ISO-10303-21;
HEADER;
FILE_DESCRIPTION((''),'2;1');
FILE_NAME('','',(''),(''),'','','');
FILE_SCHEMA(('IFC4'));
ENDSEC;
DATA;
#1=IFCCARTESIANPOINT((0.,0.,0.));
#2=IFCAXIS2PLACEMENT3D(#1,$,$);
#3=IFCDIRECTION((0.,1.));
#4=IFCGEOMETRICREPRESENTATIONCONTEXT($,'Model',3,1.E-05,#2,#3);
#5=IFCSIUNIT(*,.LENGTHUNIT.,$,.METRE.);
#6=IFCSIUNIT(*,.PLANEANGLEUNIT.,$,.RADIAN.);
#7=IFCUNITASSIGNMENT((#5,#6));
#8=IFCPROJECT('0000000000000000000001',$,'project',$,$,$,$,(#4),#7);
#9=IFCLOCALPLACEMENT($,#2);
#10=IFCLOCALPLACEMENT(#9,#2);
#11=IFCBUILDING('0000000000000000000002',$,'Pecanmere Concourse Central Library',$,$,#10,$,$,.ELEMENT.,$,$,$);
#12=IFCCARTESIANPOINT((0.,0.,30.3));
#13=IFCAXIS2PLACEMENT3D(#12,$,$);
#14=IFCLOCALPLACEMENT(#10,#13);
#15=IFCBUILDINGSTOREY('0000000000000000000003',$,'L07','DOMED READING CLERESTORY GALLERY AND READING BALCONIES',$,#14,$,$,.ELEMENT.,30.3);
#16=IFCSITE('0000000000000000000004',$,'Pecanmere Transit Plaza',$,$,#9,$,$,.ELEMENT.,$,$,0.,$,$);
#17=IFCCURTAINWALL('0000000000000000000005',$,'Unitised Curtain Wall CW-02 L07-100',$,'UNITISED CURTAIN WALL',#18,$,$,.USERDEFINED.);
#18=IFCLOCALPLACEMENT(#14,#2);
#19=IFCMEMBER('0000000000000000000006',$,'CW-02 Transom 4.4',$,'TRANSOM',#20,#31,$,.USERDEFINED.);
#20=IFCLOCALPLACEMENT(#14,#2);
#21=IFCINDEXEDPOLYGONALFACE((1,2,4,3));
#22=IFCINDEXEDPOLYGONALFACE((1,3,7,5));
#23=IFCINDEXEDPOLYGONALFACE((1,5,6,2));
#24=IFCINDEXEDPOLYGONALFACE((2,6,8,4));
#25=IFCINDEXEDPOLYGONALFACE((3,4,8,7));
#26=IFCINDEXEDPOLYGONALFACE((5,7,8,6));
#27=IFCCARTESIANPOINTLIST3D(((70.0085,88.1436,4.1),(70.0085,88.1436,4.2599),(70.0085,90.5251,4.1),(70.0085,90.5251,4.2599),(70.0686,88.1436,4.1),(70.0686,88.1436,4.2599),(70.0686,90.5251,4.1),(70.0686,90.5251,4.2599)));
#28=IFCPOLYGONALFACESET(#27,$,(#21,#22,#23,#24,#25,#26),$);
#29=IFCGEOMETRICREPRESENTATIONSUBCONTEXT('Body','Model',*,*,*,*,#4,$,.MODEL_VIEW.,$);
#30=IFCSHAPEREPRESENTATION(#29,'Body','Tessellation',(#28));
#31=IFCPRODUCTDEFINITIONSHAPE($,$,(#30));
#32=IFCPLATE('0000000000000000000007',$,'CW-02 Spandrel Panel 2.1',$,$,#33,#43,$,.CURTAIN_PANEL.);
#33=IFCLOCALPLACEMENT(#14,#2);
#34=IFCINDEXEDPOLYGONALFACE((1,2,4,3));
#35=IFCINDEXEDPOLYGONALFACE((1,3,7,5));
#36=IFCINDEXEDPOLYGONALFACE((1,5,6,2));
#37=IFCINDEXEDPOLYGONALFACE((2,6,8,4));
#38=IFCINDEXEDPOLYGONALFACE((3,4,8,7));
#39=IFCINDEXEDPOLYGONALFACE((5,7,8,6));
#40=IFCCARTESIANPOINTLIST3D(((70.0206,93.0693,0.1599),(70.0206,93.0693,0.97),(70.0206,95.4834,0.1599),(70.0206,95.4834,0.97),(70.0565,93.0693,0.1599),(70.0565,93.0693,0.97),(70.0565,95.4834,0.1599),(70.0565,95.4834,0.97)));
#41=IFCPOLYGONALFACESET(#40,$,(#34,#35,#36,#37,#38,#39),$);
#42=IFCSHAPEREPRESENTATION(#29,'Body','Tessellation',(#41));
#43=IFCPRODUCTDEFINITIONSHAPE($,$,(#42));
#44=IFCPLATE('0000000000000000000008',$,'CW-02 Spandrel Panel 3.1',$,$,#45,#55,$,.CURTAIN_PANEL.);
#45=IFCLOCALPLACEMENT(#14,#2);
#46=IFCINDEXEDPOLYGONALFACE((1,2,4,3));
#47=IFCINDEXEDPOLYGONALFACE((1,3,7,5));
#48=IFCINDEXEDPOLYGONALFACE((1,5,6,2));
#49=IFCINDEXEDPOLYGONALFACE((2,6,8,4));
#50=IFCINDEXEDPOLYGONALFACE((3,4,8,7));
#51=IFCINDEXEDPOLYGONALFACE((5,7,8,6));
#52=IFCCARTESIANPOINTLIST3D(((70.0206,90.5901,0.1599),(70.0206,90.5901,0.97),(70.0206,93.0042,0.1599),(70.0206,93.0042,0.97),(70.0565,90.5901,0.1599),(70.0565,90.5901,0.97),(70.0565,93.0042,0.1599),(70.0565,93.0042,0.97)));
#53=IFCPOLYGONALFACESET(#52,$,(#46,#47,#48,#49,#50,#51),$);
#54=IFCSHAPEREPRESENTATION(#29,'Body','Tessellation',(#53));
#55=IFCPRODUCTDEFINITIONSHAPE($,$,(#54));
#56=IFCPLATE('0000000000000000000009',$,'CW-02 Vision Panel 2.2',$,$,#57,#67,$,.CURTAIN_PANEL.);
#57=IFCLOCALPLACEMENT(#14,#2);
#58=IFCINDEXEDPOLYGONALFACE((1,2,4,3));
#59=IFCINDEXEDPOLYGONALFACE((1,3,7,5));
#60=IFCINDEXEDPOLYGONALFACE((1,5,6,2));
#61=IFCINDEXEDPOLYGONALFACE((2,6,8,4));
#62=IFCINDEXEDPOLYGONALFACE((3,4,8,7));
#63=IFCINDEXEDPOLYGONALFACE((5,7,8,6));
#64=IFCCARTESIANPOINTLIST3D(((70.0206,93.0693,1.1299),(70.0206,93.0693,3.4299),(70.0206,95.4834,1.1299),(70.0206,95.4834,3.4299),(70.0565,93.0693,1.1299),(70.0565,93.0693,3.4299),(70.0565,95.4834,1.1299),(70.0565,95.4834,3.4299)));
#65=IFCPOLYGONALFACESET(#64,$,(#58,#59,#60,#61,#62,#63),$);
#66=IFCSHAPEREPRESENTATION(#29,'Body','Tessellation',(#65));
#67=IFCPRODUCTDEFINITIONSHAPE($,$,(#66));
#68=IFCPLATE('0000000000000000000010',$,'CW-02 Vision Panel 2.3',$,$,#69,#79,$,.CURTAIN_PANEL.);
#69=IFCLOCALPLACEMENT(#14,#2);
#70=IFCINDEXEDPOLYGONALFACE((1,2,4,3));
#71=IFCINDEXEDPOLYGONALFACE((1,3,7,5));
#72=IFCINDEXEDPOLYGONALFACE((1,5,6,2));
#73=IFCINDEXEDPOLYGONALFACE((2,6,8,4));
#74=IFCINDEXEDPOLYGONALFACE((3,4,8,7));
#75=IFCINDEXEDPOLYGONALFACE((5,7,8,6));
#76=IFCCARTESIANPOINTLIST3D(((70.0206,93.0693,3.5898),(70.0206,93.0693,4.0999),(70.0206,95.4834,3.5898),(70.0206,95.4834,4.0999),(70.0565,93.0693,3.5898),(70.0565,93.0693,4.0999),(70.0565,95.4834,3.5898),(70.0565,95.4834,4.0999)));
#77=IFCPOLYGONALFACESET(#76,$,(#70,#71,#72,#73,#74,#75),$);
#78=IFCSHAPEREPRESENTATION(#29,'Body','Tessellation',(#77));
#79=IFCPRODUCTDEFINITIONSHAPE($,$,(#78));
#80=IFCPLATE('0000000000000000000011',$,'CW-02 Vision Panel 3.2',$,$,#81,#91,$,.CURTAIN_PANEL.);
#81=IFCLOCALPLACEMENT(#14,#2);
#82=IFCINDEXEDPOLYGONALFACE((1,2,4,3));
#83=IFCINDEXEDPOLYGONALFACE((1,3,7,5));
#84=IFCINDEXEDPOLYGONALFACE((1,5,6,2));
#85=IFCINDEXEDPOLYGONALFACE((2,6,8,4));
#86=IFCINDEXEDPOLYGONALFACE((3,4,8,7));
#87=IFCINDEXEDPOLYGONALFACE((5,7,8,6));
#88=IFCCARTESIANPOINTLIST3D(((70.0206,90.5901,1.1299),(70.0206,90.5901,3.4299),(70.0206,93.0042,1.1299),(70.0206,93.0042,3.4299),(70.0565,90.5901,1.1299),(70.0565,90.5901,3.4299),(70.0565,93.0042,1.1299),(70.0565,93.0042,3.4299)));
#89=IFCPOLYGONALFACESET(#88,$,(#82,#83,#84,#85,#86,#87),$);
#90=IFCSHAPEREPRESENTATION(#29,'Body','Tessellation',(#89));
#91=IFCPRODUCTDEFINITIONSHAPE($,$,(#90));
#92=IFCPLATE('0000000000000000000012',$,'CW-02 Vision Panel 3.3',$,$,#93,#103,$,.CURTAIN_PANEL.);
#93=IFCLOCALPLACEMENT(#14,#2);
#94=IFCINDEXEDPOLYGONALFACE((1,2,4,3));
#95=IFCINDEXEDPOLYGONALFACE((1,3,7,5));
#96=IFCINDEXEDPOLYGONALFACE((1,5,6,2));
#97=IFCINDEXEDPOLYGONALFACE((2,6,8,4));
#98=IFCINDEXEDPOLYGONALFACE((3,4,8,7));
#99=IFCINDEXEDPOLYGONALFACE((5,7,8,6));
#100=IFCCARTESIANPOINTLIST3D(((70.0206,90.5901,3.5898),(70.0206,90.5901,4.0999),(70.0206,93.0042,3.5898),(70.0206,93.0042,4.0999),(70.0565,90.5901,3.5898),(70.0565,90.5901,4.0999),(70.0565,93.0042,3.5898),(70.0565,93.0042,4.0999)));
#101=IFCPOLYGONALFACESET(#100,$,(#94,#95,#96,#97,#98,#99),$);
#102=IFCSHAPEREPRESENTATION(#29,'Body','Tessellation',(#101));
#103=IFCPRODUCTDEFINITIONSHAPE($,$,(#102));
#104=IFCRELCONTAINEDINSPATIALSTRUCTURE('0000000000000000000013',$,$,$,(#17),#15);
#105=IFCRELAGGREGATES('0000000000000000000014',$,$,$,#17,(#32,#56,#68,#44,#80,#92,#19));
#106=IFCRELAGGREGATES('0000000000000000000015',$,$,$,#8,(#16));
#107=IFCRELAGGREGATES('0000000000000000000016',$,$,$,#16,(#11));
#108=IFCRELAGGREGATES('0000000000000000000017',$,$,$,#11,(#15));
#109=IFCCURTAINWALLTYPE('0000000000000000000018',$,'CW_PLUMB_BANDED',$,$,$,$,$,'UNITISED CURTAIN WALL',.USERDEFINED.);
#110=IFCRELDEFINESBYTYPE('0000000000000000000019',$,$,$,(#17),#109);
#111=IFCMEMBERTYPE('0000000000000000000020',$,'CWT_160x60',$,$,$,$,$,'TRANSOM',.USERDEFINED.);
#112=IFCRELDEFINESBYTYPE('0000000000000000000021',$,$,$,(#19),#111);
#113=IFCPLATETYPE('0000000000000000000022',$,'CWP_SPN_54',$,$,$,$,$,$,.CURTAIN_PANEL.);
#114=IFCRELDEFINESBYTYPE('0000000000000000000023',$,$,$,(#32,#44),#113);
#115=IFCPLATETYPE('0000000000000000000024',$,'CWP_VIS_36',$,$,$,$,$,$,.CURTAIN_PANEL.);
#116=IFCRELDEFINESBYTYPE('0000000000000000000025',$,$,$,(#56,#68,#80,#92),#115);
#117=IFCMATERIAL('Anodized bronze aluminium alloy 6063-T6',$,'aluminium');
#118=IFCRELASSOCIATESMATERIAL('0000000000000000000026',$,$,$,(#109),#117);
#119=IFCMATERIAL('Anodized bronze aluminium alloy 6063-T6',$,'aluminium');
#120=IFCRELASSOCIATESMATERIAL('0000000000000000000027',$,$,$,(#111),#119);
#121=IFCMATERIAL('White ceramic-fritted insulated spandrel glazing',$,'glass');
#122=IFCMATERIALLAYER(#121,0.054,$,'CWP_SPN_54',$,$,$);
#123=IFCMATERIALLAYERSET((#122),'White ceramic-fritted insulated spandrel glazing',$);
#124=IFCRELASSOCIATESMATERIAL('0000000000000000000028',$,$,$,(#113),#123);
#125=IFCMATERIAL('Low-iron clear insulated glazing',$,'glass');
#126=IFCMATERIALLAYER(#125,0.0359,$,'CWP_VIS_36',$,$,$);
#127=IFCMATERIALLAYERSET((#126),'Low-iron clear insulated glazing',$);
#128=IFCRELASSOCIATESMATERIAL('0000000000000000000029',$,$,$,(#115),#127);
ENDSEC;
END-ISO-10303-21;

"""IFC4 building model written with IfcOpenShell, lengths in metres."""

from ifc_helpers import new_model, si_unit, direction, frame, origin, origin_2d, place, context, subcontext, project, spatial, rectangle, extrude, material, layer, layer_set, material_profile, profile_set, type_object, element, aggregate, save


model = new_model("IFC4")

# Units and contexts
model_context = context("Model", 3, precision=1e-05, world=origin(), true_north=direction((0.0, 1.0)))
body_context = subcontext(model_context, "Body", "Model", "MODEL_VIEW")
ifc_project = project(units=[si_unit("LENGTHUNIT", "METRE"), si_unit("PLANEANGLEUNIT", "RADIAN")], contexts=[model_context])

# Site, building, storey
site_placement = place(None, origin())
site = spatial("IfcSite", under=ifc_project, at=site_placement, Name="Pecanmere Transit Plaza", CompositionType="ELEMENT", RefElevation=0.0)
building_placement = place(site_placement, origin())
building = spatial("IfcBuilding", under=site, at=building_placement, Name="Pecanmere Concourse Central Library", CompositionType="ELEMENT")
storey_placement = place(building_placement, frame((0.0, 0.0, 30.3)))
storey = spatial("IfcBuildingStorey", under=building, at=storey_placement, Name="L07", Description="DOMED READING CLERESTORY GALLERY AND READING BALCONIES", CompositionType="ELEMENT", Elevation=30.3)

# Curtain wall, member, plates
ifc_material_1 = material(Name="Anodized bronze aluminium alloy 6063-T6", Category="aluminium")
curtain_wall_type = type_object("IfcCurtainWallType", Name="CW_PLUMB_BANDED", ElementType="UNITISED CURTAIN WALL", PredefinedType="USERDEFINED", material=ifc_material_1)
curtain_wall_placement = place(storey_placement, origin())
curtain_wall = element("IfcCurtainWall", 1, at=curtain_wall_placement, inside=storey, type_object=curtain_wall_type, Name="Unitised Curtain Wall CW-02 L07-100", ObjectType="UNITISED CURTAIN WALL", PredefinedType="USERDEFINED")
ifc_material_2 = material(Name="Anodized bronze aluminium alloy 6063-T6", Category="aluminium")
ifc_material_profile_1 = material_profile(ifc_material_2, rectangle(XDim=0.0601, YDim=0.1599, at=origin_2d()), Name="AL 60x160")
ifc_profile_set_1 = profile_set([ifc_material_profile_1], Name="Anodized bronze aluminium alloy 6063-T6")
member_type_1 = type_object("IfcMemberType", Name="CWT_160x60", ElementType="TRANSOM", PredefinedType="USERDEFINED", material=ifc_profile_set_1)
member_1_placement = place(storey_placement, frame((70.0386, 90.5251, 4.1799), z_axis=(0.0, -1.0, 0.0), x_axis=(1.0, 0.0, 0.0)))
member_1 = element("IfcMember", 2, at=member_1_placement, type_object=member_type_1, Name="CW-02 Transom 4.4", ObjectType="TRANSOM", PredefinedType="USERDEFINED", context=body_context, shape_type="SweptSolid", body=[
    extrude(rectangle(XDim=0.0601, YDim=0.1599, at=origin_2d()), origin(), (0.0, 0.0, 1.0), 2.3816),
])
ifc_material_3 = material(Name="White ceramic-fritted insulated spandrel glazing", Category="glass")
ifc_layer_1 = layer(ifc_material_3, 0.054, Name="CWP_SPN_54")
ifc_layer_set_1 = layer_set([ifc_layer_1], Name="White ceramic-fritted insulated spandrel glazing")
plate_type_1 = type_object("IfcPlateType", Name="CWP_SPN_54", PredefinedType="CURTAIN_PANEL", material=ifc_layer_set_1)
plate_1_placement = place(storey_placement, frame((70.0386, 94.2764, 0.1599), z_axis=(0.0, 0.0, 1.0), x_axis=(0.0, -1.0, 0.0)))
plate_1 = element("IfcPlate", 3, at=plate_1_placement, type_object=plate_type_1, Name="CW-02 Spandrel Panel 2.1", PredefinedType="CURTAIN_PANEL", context=body_context, shape_type="SweptSolid", body=[
    extrude(rectangle(XDim=2.4141, YDim=0.0359, at=origin_2d()), origin(), (0.0, 0.0, 1.0), 0.8101),
])
plate_2_placement = place(storey_placement, frame((70.0386, 91.7971, 0.1599), z_axis=(0.0, 0.0, 1.0), x_axis=(0.0, -1.0, 0.0)))
plate_2 = element("IfcPlate", 4, at=plate_2_placement, type_object=plate_type_1, Name="CW-02 Spandrel Panel 3.1", PredefinedType="CURTAIN_PANEL", context=body_context, shape_type="SweptSolid", body=[
    extrude(rectangle(XDim=2.4141, YDim=0.0359, at=origin_2d()), origin(), (0.0, 0.0, 1.0), 0.8101),
])
ifc_material_4 = material(Name="Low-iron clear insulated glazing", Category="glass")
ifc_layer_2 = layer(ifc_material_4, 0.0359, Name="CWP_VIS_36")
ifc_layer_set_2 = layer_set([ifc_layer_2], Name="Low-iron clear insulated glazing")
plate_type_2 = type_object("IfcPlateType", Name="CWP_VIS_36", PredefinedType="CURTAIN_PANEL", material=ifc_layer_set_2)
plate_3_placement = place(storey_placement, frame((70.0386, 94.2764, 1.1299), z_axis=(0.0, 0.0, 1.0), x_axis=(0.0, -1.0, 0.0)))
plate_3 = element("IfcPlate", 5, at=plate_3_placement, type_object=plate_type_2, Name="CW-02 Vision Panel 2.2", PredefinedType="CURTAIN_PANEL", context=body_context, shape_type="SweptSolid", body=[
    extrude(rectangle(XDim=2.4141, YDim=0.0359, at=origin_2d()), origin(), (0.0, 0.0, 1.0), 2.3),
])
plate_4_placement = place(storey_placement, frame((70.0386, 94.2764, 3.5898), z_axis=(0.0, 0.0, 1.0), x_axis=(0.0, -1.0, 0.0)))
plate_4 = element("IfcPlate", 6, at=plate_4_placement, type_object=plate_type_2, Name="CW-02 Vision Panel 2.3", PredefinedType="CURTAIN_PANEL", context=body_context, shape_type="SweptSolid", body=[
    extrude(rectangle(XDim=2.4141, YDim=0.0359, at=origin_2d()), origin(), (0.0, 0.0, 1.0), 0.51),
])
plate_5_placement = place(storey_placement, frame((70.0386, 91.7971, 1.1299), z_axis=(0.0, 0.0, 1.0), x_axis=(0.0, -1.0, 0.0)))
plate_5 = element("IfcPlate", 7, at=plate_5_placement, type_object=plate_type_2, Name="CW-02 Vision Panel 3.2", PredefinedType="CURTAIN_PANEL", context=body_context, shape_type="SweptSolid", body=[
    extrude(rectangle(XDim=2.4141, YDim=0.0359, at=origin_2d()), origin(), (0.0, 0.0, 1.0), 2.3),
])
plate_6_placement = place(storey_placement, frame((70.0386, 91.7971, 3.5898), z_axis=(0.0, 0.0, 1.0), x_axis=(0.0, -1.0, 0.0)))
plate_6 = element("IfcPlate", 8, at=plate_6_placement, type_object=plate_type_2, Name="CW-02 Vision Panel 3.3", PredefinedType="CURTAIN_PANEL", context=body_context, shape_type="SweptSolid", body=[
    extrude(rectangle(XDim=2.4141, YDim=0.0359, at=origin_2d()), origin(), (0.0, 0.0, 1.0), 0.51),
])
aggregate(curtain_wall, [plate_1, plate_3, plate_4, plate_2, plate_5, plate_6, member_1])

save(model, "model.ifc")
